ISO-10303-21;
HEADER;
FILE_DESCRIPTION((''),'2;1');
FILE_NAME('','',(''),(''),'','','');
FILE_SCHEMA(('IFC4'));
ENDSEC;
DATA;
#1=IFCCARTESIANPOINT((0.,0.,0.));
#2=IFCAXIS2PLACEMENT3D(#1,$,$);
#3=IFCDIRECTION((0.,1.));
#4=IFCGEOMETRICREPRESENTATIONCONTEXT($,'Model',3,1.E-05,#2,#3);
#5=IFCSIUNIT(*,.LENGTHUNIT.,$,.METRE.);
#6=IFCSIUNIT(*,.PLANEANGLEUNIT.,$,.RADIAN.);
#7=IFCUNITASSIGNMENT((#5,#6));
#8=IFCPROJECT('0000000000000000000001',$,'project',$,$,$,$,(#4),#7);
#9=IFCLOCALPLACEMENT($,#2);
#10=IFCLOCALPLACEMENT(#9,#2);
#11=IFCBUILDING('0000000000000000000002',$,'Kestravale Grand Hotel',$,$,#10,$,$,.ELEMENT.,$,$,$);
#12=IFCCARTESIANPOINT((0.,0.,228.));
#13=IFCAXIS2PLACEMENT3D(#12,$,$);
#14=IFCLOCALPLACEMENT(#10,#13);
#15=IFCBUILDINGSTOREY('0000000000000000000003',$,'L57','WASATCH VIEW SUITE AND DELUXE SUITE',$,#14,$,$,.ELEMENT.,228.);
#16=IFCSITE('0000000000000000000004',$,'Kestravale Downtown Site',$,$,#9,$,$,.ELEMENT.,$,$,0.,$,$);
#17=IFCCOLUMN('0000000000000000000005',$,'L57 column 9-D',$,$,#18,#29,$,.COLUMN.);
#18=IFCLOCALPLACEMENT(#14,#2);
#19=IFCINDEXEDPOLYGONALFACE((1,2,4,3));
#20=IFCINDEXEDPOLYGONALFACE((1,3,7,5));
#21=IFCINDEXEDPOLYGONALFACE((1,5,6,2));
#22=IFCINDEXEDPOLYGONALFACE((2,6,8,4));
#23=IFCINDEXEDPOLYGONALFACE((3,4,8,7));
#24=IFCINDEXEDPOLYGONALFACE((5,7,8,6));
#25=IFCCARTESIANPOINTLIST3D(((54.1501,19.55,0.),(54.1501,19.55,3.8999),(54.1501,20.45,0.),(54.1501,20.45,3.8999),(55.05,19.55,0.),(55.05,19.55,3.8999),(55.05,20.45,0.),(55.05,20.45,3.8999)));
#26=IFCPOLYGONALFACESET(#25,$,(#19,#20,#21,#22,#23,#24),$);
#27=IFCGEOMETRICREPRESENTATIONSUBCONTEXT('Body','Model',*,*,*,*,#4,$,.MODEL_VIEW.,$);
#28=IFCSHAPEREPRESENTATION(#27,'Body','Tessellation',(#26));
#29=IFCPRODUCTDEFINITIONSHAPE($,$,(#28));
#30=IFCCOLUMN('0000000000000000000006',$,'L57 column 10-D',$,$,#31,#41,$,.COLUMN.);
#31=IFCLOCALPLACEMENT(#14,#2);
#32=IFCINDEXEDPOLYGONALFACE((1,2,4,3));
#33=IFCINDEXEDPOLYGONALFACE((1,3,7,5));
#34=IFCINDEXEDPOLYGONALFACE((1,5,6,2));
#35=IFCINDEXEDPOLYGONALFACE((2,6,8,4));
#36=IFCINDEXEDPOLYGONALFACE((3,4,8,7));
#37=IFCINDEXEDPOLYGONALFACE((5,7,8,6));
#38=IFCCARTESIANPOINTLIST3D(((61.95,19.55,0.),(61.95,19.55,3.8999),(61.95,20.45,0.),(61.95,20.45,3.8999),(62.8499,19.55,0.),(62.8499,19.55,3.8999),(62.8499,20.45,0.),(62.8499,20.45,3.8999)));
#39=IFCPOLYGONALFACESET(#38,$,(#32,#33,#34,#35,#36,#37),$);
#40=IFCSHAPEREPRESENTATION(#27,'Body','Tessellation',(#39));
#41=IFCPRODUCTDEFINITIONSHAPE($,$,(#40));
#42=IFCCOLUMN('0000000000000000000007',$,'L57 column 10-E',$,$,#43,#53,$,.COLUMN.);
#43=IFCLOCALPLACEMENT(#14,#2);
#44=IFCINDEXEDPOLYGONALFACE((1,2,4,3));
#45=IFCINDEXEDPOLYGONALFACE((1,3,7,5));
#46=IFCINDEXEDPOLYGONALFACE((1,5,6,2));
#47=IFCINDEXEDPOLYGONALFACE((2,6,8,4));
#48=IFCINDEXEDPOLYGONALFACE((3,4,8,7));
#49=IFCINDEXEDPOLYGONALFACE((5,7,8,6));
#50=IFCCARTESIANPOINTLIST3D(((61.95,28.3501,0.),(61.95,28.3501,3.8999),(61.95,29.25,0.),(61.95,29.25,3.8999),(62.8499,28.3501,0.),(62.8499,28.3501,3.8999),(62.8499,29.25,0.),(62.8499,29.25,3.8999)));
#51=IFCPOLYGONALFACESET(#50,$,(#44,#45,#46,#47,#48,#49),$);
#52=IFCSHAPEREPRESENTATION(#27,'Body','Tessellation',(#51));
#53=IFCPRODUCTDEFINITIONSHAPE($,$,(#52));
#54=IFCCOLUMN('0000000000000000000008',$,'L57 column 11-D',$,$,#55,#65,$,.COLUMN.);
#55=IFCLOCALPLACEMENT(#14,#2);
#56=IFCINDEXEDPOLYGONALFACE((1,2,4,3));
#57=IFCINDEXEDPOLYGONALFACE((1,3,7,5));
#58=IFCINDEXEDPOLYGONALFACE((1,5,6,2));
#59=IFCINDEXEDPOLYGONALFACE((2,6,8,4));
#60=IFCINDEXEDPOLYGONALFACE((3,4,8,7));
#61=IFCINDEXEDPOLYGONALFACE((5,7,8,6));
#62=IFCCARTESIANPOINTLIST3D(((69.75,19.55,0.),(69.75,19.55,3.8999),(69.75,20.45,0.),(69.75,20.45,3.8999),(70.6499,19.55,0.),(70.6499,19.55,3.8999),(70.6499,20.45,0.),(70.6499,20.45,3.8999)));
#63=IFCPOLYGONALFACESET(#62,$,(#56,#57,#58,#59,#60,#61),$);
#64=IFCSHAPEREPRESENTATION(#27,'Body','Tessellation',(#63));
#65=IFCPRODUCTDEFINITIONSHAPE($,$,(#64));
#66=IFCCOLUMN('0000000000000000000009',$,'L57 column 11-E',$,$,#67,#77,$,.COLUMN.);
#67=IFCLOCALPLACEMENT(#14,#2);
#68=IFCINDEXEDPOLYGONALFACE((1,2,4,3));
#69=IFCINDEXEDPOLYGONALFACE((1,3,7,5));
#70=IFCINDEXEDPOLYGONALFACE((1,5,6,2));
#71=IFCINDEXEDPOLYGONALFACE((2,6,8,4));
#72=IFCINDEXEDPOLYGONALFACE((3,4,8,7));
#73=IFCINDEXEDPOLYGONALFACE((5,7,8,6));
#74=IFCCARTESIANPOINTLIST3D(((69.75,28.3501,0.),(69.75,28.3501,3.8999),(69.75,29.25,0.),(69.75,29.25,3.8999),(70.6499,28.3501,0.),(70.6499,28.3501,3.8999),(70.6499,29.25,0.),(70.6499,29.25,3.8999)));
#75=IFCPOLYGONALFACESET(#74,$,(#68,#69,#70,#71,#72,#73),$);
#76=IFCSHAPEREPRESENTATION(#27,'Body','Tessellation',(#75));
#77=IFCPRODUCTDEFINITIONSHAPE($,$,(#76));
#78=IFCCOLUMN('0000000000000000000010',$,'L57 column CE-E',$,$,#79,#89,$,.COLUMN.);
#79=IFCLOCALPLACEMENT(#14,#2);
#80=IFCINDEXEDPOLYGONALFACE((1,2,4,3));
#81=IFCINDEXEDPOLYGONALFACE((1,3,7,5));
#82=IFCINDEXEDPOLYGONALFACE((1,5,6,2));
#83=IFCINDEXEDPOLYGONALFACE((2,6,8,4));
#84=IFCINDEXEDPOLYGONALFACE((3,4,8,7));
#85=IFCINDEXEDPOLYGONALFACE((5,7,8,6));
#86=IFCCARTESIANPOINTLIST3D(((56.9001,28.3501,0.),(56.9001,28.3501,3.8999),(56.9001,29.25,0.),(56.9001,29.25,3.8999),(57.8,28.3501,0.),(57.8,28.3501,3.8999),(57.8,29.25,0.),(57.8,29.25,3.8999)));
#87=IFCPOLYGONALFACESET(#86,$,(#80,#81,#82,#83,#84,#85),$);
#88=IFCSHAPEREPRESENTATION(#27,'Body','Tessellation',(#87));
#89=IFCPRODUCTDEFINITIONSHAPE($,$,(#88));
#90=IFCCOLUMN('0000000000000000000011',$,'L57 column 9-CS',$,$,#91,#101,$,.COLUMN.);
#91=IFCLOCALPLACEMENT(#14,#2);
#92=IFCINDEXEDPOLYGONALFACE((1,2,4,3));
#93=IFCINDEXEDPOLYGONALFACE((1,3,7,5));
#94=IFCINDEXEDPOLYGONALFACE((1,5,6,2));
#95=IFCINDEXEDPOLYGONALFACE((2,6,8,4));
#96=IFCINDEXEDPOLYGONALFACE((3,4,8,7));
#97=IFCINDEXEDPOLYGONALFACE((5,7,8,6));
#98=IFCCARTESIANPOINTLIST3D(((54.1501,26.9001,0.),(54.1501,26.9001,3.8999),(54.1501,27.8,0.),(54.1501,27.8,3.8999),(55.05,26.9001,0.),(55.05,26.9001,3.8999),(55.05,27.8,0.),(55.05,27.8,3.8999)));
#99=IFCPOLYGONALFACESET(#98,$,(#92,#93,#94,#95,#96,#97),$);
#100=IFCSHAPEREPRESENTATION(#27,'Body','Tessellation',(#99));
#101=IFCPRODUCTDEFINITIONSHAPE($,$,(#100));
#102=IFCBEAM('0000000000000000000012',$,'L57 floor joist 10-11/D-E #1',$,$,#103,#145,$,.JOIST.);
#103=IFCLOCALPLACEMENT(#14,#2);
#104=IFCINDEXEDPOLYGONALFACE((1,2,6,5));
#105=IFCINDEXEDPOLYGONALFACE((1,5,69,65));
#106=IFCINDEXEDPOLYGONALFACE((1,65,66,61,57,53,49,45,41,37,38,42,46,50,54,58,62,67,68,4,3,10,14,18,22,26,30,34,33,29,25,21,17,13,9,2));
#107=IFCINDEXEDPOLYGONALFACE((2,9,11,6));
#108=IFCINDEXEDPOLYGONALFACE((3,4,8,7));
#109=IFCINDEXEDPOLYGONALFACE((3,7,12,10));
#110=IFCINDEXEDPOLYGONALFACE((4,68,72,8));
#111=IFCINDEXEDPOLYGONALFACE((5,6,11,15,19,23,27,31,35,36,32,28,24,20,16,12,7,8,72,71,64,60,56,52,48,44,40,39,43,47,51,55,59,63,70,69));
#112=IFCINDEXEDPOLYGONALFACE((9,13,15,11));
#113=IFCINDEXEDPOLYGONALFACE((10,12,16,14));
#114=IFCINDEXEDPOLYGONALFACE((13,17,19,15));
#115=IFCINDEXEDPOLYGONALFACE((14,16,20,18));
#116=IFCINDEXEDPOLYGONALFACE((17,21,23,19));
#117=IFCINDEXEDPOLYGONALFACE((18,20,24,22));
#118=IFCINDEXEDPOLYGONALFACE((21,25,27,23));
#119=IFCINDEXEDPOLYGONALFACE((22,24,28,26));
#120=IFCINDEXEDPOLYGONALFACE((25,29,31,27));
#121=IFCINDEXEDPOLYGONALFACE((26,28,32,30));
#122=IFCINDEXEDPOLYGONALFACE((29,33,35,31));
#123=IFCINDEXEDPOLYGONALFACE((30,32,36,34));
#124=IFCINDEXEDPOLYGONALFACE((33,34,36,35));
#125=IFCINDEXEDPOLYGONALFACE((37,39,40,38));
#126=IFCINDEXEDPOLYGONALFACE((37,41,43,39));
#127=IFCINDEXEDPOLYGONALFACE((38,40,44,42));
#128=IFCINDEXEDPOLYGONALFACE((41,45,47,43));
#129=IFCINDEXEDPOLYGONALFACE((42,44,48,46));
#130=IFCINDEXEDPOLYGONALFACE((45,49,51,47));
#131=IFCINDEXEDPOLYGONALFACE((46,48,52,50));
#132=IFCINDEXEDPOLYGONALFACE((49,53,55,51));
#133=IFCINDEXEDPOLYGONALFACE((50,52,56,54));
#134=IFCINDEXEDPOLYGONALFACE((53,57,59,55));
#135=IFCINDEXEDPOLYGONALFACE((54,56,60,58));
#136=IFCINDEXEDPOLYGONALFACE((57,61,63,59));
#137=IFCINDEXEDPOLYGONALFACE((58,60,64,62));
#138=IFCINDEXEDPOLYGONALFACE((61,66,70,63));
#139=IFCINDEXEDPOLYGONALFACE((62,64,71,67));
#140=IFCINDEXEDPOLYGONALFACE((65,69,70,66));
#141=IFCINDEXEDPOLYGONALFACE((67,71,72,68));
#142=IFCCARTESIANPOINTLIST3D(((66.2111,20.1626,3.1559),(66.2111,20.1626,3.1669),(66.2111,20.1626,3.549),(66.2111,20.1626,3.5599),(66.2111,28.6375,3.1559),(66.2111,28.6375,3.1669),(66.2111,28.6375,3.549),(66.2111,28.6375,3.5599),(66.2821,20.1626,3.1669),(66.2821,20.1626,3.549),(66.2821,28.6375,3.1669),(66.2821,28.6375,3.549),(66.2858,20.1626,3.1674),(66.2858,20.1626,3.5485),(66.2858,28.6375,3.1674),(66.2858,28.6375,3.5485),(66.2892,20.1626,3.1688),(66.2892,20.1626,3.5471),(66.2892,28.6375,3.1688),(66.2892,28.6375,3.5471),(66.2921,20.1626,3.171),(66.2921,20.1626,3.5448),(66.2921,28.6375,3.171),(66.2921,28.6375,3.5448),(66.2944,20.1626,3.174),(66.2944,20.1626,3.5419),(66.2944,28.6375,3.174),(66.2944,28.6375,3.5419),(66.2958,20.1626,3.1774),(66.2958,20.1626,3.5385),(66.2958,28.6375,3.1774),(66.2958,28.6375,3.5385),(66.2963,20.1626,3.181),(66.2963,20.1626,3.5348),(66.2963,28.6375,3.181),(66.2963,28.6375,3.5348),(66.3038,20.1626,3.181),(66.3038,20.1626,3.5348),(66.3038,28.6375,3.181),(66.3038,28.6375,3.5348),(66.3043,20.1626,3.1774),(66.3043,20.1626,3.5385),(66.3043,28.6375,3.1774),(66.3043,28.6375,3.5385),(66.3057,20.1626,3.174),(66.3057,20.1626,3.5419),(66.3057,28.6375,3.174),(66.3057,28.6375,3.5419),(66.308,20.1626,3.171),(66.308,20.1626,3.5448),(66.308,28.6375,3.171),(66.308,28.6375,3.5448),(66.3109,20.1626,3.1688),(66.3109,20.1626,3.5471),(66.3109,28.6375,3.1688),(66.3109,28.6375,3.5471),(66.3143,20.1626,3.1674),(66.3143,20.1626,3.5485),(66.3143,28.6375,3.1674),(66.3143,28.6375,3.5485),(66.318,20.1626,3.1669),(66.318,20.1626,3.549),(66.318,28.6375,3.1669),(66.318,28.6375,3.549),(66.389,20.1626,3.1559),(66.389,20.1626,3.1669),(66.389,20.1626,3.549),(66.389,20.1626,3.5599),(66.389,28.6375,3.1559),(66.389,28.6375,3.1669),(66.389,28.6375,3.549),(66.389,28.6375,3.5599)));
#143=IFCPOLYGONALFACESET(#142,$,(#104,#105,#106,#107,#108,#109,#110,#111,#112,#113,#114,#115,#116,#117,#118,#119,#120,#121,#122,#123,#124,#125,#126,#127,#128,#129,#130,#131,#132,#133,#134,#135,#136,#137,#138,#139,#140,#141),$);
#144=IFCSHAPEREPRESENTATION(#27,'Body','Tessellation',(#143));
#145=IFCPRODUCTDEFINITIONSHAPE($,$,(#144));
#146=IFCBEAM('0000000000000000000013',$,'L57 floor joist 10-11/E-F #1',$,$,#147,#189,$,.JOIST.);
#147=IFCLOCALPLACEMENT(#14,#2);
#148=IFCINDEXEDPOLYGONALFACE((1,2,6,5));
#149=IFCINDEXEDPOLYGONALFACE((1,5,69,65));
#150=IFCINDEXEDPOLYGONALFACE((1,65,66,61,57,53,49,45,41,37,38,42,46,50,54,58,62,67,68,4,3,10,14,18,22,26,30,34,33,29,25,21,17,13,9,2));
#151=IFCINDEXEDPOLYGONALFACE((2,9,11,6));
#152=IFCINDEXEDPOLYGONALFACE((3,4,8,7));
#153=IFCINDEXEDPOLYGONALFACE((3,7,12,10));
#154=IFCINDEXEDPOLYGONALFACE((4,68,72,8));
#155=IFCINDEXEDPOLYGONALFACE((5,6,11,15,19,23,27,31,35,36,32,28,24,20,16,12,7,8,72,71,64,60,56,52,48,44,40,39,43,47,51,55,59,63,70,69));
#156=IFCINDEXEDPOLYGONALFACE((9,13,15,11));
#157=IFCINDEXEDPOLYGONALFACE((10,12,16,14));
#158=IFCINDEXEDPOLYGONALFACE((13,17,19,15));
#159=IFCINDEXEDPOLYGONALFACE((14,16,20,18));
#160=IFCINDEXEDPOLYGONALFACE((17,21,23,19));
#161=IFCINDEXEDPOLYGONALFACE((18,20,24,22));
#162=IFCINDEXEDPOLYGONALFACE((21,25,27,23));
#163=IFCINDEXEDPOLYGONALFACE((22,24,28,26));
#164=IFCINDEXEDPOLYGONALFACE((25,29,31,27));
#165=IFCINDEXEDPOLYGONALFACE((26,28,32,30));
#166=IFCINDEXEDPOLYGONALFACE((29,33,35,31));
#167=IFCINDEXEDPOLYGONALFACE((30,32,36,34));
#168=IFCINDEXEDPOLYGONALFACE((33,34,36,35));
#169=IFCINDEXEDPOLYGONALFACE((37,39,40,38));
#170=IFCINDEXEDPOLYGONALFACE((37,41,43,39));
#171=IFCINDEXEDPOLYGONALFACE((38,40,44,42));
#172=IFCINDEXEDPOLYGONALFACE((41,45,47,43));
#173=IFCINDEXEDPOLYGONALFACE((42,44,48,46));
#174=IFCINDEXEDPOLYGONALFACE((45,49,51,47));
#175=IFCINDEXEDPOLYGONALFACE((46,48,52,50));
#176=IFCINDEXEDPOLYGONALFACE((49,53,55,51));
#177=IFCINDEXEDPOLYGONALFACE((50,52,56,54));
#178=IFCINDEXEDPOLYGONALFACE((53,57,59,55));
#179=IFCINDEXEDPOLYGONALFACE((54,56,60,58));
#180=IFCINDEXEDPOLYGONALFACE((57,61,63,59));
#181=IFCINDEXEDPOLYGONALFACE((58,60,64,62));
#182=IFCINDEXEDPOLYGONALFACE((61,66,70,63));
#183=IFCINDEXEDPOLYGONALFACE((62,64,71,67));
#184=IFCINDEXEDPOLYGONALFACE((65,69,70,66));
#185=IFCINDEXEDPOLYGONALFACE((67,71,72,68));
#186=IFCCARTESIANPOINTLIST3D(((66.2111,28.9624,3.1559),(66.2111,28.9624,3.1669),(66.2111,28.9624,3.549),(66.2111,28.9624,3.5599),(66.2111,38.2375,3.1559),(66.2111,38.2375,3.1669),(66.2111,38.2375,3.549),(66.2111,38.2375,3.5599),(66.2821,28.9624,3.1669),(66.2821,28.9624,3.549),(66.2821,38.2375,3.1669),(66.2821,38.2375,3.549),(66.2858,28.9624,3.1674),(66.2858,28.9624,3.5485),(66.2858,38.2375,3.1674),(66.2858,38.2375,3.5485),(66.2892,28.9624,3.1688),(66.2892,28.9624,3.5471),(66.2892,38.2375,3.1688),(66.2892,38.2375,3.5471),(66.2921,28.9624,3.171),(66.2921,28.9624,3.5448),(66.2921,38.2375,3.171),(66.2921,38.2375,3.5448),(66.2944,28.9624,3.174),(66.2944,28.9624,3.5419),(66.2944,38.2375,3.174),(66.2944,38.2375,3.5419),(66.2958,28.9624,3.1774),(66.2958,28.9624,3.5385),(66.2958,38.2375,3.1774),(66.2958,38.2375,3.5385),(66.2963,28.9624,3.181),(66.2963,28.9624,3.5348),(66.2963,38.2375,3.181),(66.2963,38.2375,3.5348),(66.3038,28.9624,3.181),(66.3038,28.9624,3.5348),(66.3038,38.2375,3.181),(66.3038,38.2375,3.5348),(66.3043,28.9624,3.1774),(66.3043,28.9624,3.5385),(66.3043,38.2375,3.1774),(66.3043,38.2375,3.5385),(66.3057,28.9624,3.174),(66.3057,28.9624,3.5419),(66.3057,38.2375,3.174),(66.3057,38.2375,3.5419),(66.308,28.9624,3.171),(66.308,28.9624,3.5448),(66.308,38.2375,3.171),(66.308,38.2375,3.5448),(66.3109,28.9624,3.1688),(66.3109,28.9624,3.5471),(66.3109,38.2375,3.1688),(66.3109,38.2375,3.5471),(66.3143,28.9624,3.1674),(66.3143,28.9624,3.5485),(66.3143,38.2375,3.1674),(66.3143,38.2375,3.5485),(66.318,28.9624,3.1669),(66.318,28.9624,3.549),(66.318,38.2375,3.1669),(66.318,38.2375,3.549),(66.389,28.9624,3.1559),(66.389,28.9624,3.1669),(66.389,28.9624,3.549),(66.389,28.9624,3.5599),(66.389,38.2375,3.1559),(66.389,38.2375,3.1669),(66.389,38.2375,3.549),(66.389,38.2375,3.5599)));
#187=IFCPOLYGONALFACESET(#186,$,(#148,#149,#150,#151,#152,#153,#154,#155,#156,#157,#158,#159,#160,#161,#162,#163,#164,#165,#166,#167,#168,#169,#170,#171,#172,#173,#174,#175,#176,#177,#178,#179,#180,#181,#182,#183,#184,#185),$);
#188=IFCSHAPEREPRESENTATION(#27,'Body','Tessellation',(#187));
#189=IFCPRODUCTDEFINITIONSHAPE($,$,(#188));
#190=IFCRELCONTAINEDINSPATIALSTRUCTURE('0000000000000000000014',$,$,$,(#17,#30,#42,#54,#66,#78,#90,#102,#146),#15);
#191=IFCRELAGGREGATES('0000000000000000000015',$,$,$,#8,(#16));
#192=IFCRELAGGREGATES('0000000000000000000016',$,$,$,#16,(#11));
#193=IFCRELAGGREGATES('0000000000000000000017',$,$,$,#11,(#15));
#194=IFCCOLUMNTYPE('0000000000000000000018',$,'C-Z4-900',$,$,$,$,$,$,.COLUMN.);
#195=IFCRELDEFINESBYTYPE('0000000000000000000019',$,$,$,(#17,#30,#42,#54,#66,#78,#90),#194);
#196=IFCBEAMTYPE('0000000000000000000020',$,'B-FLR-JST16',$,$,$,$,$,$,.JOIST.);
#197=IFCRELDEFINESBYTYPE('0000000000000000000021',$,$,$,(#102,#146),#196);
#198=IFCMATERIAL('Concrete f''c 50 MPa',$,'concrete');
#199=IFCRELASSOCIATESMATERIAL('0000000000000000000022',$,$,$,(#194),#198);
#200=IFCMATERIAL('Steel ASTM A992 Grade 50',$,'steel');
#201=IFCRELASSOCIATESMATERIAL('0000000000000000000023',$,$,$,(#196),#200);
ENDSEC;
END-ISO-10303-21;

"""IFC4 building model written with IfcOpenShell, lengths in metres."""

from ifc_helpers import new_model, si_unit, direction, frame, origin, origin_2d, place, context, subcontext, project, spatial, rectangle, i_section, extrude, material, material_profile, profile_set, type_object, element, save


model = new_model("IFC4")

# Units and contexts
model_context = context("Model", 3, precision=1e-05, world=origin(), true_north=direction((0.0, 1.0)))
body_context = subcontext(model_context, "Body", "Model", "MODEL_VIEW")
ifc_project = project(units=[si_unit("LENGTHUNIT", "METRE"), si_unit("PLANEANGLEUNIT", "RADIAN")], contexts=[model_context])

# Site, building, storey
site_placement = place(None, origin())
site = spatial("IfcSite", under=ifc_project, at=site_placement, Name="Kestravale Downtown Site", CompositionType="ELEMENT", RefElevation=0.0)
building_placement = place(site_placement, origin())
building = spatial("IfcBuilding", under=site, at=building_placement, Name="Kestravale Grand Hotel", CompositionType="ELEMENT")
storey_placement = place(building_placement, frame((0.0, 0.0, 228.0)))
storey = spatial("IfcBuildingStorey", under=building, at=storey_placement, Name="L57", Description="WASATCH VIEW SUITE AND DELUXE SUITE", CompositionType="ELEMENT", Elevation=228.0)

# Columns
ifc_material_1 = material(Name="Concrete f'c 50 MPa", Category="concrete")
ifc_material_profile_1 = material_profile(ifc_material_1, rectangle(XDim=0.8999, YDim=0.8999, at=origin_2d()))
ifc_profile_set_1 = profile_set([ifc_material_profile_1], Name="Concrete f'c 50 MPa")
column_type = type_object("IfcColumnType", Name="C-Z4-900", PredefinedType="COLUMN", material=ifc_profile_set_1)
for number, where, z_axis, x_axis, name in (
    (1, (54.6001, 20.0, 0.0), (0.0, 0.0, 1.0), (1.0, 0.0, 0.0), "L57 column 9-D"),
    (2, (62.3999, 20.0, 0.0), (0.0, 0.0, 1.0), (1.0, 0.0, 0.0), "L57 column 10-D"),
    (3, (62.3999, 28.8, 0.0), (0.0, 0.0, 1.0), (1.0, 0.0, 0.0), "L57 column 10-E"),
    (4, (70.2, 20.0, 0.0), (0.0, 0.0, 1.0), (1.0, 0.0, 0.0), "L57 column 11-D"),
    (5, (70.2, 28.8, 0.0), (0.0, 0.0, 1.0), (1.0, 0.0, 0.0), "L57 column 11-E"),
    (6, (57.3501, 28.8, 0.0), (0.0, 0.0, 1.0), (1.0, 0.0, 0.0), "L57 column CE-E"),
    (7, (54.6001, 27.3501, 0.0), (0.0, 0.0, 1.0), (1.0, 0.0, 0.0), "L57 column 9-CS"),
):
    element("IfcColumn", number, at=place(storey_placement, frame(where, z_axis=z_axis, x_axis=x_axis)), inside=storey, type_object=column_type, Name=name, PredefinedType="COLUMN", context=body_context, shape_type="SweptSolid", body=[
        extrude(rectangle(XDim=0.8999, YDim=0.8999, at=origin_2d()), origin(), (0.0, 0.0, 1.0), 3.8999),
    ])

# Beams
ifc_material_2 = material(Name="Steel ASTM A992 Grade 50", Category="steel")
ifc_material_profile_2 = material_profile(ifc_material_2, i_section(OverallWidth=0.178, OverallDepth=0.4041, WebThickness=0.0076, FlangeThickness=0.011, FilletRadius=0.0142, at=origin_2d()))
ifc_profile_set_2 = profile_set([ifc_material_profile_2], Name="Steel ASTM A992 Grade 50")
beam_type_1 = type_object("IfcBeamType", Name="B-FLR-JST16", PredefinedType="JOIST", material=ifc_profile_set_2)
beam_1_placement = place(storey_placement, frame((66.3, 20.1626, 3.3579), z_axis=(0.0, 1.0, 0.0), x_axis=(-1.0, 0.0, 0.0)))
element("IfcBeam", 8, at=beam_1_placement, inside=storey, type_object=beam_type_1, Name="L57 floor joist 10-11/D-E #1", PredefinedType="JOIST", context=body_context, shape_type="SweptSolid", body=[
    extrude(i_section(OverallWidth=0.178, OverallDepth=0.4041, WebThickness=0.0076, FlangeThickness=0.011, FilletRadius=0.0142, at=origin_2d()), origin(), (0.0, 0.0, 1.0), 8.4749),
])
beam_2_placement = place(storey_placement, frame((66.3, 28.9624, 3.3579), z_axis=(0.0, 1.0, 0.0), x_axis=(-1.0, 0.0, 0.0)))
element("IfcBeam", 9, at=beam_2_placement, inside=storey, type_object=beam_type_1, Name="L57 floor joist 10-11/E-F #1", PredefinedType="JOIST", context=body_context, shape_type="SweptSolid", body=[
    extrude(i_section(OverallWidth=0.178, OverallDepth=0.4041, WebThickness=0.0076, FlangeThickness=0.011, FilletRadius=0.0142, at=origin_2d()), origin(), (0.0, 0.0, 1.0), 9.2751),
])

save(model, "model.ifc")
